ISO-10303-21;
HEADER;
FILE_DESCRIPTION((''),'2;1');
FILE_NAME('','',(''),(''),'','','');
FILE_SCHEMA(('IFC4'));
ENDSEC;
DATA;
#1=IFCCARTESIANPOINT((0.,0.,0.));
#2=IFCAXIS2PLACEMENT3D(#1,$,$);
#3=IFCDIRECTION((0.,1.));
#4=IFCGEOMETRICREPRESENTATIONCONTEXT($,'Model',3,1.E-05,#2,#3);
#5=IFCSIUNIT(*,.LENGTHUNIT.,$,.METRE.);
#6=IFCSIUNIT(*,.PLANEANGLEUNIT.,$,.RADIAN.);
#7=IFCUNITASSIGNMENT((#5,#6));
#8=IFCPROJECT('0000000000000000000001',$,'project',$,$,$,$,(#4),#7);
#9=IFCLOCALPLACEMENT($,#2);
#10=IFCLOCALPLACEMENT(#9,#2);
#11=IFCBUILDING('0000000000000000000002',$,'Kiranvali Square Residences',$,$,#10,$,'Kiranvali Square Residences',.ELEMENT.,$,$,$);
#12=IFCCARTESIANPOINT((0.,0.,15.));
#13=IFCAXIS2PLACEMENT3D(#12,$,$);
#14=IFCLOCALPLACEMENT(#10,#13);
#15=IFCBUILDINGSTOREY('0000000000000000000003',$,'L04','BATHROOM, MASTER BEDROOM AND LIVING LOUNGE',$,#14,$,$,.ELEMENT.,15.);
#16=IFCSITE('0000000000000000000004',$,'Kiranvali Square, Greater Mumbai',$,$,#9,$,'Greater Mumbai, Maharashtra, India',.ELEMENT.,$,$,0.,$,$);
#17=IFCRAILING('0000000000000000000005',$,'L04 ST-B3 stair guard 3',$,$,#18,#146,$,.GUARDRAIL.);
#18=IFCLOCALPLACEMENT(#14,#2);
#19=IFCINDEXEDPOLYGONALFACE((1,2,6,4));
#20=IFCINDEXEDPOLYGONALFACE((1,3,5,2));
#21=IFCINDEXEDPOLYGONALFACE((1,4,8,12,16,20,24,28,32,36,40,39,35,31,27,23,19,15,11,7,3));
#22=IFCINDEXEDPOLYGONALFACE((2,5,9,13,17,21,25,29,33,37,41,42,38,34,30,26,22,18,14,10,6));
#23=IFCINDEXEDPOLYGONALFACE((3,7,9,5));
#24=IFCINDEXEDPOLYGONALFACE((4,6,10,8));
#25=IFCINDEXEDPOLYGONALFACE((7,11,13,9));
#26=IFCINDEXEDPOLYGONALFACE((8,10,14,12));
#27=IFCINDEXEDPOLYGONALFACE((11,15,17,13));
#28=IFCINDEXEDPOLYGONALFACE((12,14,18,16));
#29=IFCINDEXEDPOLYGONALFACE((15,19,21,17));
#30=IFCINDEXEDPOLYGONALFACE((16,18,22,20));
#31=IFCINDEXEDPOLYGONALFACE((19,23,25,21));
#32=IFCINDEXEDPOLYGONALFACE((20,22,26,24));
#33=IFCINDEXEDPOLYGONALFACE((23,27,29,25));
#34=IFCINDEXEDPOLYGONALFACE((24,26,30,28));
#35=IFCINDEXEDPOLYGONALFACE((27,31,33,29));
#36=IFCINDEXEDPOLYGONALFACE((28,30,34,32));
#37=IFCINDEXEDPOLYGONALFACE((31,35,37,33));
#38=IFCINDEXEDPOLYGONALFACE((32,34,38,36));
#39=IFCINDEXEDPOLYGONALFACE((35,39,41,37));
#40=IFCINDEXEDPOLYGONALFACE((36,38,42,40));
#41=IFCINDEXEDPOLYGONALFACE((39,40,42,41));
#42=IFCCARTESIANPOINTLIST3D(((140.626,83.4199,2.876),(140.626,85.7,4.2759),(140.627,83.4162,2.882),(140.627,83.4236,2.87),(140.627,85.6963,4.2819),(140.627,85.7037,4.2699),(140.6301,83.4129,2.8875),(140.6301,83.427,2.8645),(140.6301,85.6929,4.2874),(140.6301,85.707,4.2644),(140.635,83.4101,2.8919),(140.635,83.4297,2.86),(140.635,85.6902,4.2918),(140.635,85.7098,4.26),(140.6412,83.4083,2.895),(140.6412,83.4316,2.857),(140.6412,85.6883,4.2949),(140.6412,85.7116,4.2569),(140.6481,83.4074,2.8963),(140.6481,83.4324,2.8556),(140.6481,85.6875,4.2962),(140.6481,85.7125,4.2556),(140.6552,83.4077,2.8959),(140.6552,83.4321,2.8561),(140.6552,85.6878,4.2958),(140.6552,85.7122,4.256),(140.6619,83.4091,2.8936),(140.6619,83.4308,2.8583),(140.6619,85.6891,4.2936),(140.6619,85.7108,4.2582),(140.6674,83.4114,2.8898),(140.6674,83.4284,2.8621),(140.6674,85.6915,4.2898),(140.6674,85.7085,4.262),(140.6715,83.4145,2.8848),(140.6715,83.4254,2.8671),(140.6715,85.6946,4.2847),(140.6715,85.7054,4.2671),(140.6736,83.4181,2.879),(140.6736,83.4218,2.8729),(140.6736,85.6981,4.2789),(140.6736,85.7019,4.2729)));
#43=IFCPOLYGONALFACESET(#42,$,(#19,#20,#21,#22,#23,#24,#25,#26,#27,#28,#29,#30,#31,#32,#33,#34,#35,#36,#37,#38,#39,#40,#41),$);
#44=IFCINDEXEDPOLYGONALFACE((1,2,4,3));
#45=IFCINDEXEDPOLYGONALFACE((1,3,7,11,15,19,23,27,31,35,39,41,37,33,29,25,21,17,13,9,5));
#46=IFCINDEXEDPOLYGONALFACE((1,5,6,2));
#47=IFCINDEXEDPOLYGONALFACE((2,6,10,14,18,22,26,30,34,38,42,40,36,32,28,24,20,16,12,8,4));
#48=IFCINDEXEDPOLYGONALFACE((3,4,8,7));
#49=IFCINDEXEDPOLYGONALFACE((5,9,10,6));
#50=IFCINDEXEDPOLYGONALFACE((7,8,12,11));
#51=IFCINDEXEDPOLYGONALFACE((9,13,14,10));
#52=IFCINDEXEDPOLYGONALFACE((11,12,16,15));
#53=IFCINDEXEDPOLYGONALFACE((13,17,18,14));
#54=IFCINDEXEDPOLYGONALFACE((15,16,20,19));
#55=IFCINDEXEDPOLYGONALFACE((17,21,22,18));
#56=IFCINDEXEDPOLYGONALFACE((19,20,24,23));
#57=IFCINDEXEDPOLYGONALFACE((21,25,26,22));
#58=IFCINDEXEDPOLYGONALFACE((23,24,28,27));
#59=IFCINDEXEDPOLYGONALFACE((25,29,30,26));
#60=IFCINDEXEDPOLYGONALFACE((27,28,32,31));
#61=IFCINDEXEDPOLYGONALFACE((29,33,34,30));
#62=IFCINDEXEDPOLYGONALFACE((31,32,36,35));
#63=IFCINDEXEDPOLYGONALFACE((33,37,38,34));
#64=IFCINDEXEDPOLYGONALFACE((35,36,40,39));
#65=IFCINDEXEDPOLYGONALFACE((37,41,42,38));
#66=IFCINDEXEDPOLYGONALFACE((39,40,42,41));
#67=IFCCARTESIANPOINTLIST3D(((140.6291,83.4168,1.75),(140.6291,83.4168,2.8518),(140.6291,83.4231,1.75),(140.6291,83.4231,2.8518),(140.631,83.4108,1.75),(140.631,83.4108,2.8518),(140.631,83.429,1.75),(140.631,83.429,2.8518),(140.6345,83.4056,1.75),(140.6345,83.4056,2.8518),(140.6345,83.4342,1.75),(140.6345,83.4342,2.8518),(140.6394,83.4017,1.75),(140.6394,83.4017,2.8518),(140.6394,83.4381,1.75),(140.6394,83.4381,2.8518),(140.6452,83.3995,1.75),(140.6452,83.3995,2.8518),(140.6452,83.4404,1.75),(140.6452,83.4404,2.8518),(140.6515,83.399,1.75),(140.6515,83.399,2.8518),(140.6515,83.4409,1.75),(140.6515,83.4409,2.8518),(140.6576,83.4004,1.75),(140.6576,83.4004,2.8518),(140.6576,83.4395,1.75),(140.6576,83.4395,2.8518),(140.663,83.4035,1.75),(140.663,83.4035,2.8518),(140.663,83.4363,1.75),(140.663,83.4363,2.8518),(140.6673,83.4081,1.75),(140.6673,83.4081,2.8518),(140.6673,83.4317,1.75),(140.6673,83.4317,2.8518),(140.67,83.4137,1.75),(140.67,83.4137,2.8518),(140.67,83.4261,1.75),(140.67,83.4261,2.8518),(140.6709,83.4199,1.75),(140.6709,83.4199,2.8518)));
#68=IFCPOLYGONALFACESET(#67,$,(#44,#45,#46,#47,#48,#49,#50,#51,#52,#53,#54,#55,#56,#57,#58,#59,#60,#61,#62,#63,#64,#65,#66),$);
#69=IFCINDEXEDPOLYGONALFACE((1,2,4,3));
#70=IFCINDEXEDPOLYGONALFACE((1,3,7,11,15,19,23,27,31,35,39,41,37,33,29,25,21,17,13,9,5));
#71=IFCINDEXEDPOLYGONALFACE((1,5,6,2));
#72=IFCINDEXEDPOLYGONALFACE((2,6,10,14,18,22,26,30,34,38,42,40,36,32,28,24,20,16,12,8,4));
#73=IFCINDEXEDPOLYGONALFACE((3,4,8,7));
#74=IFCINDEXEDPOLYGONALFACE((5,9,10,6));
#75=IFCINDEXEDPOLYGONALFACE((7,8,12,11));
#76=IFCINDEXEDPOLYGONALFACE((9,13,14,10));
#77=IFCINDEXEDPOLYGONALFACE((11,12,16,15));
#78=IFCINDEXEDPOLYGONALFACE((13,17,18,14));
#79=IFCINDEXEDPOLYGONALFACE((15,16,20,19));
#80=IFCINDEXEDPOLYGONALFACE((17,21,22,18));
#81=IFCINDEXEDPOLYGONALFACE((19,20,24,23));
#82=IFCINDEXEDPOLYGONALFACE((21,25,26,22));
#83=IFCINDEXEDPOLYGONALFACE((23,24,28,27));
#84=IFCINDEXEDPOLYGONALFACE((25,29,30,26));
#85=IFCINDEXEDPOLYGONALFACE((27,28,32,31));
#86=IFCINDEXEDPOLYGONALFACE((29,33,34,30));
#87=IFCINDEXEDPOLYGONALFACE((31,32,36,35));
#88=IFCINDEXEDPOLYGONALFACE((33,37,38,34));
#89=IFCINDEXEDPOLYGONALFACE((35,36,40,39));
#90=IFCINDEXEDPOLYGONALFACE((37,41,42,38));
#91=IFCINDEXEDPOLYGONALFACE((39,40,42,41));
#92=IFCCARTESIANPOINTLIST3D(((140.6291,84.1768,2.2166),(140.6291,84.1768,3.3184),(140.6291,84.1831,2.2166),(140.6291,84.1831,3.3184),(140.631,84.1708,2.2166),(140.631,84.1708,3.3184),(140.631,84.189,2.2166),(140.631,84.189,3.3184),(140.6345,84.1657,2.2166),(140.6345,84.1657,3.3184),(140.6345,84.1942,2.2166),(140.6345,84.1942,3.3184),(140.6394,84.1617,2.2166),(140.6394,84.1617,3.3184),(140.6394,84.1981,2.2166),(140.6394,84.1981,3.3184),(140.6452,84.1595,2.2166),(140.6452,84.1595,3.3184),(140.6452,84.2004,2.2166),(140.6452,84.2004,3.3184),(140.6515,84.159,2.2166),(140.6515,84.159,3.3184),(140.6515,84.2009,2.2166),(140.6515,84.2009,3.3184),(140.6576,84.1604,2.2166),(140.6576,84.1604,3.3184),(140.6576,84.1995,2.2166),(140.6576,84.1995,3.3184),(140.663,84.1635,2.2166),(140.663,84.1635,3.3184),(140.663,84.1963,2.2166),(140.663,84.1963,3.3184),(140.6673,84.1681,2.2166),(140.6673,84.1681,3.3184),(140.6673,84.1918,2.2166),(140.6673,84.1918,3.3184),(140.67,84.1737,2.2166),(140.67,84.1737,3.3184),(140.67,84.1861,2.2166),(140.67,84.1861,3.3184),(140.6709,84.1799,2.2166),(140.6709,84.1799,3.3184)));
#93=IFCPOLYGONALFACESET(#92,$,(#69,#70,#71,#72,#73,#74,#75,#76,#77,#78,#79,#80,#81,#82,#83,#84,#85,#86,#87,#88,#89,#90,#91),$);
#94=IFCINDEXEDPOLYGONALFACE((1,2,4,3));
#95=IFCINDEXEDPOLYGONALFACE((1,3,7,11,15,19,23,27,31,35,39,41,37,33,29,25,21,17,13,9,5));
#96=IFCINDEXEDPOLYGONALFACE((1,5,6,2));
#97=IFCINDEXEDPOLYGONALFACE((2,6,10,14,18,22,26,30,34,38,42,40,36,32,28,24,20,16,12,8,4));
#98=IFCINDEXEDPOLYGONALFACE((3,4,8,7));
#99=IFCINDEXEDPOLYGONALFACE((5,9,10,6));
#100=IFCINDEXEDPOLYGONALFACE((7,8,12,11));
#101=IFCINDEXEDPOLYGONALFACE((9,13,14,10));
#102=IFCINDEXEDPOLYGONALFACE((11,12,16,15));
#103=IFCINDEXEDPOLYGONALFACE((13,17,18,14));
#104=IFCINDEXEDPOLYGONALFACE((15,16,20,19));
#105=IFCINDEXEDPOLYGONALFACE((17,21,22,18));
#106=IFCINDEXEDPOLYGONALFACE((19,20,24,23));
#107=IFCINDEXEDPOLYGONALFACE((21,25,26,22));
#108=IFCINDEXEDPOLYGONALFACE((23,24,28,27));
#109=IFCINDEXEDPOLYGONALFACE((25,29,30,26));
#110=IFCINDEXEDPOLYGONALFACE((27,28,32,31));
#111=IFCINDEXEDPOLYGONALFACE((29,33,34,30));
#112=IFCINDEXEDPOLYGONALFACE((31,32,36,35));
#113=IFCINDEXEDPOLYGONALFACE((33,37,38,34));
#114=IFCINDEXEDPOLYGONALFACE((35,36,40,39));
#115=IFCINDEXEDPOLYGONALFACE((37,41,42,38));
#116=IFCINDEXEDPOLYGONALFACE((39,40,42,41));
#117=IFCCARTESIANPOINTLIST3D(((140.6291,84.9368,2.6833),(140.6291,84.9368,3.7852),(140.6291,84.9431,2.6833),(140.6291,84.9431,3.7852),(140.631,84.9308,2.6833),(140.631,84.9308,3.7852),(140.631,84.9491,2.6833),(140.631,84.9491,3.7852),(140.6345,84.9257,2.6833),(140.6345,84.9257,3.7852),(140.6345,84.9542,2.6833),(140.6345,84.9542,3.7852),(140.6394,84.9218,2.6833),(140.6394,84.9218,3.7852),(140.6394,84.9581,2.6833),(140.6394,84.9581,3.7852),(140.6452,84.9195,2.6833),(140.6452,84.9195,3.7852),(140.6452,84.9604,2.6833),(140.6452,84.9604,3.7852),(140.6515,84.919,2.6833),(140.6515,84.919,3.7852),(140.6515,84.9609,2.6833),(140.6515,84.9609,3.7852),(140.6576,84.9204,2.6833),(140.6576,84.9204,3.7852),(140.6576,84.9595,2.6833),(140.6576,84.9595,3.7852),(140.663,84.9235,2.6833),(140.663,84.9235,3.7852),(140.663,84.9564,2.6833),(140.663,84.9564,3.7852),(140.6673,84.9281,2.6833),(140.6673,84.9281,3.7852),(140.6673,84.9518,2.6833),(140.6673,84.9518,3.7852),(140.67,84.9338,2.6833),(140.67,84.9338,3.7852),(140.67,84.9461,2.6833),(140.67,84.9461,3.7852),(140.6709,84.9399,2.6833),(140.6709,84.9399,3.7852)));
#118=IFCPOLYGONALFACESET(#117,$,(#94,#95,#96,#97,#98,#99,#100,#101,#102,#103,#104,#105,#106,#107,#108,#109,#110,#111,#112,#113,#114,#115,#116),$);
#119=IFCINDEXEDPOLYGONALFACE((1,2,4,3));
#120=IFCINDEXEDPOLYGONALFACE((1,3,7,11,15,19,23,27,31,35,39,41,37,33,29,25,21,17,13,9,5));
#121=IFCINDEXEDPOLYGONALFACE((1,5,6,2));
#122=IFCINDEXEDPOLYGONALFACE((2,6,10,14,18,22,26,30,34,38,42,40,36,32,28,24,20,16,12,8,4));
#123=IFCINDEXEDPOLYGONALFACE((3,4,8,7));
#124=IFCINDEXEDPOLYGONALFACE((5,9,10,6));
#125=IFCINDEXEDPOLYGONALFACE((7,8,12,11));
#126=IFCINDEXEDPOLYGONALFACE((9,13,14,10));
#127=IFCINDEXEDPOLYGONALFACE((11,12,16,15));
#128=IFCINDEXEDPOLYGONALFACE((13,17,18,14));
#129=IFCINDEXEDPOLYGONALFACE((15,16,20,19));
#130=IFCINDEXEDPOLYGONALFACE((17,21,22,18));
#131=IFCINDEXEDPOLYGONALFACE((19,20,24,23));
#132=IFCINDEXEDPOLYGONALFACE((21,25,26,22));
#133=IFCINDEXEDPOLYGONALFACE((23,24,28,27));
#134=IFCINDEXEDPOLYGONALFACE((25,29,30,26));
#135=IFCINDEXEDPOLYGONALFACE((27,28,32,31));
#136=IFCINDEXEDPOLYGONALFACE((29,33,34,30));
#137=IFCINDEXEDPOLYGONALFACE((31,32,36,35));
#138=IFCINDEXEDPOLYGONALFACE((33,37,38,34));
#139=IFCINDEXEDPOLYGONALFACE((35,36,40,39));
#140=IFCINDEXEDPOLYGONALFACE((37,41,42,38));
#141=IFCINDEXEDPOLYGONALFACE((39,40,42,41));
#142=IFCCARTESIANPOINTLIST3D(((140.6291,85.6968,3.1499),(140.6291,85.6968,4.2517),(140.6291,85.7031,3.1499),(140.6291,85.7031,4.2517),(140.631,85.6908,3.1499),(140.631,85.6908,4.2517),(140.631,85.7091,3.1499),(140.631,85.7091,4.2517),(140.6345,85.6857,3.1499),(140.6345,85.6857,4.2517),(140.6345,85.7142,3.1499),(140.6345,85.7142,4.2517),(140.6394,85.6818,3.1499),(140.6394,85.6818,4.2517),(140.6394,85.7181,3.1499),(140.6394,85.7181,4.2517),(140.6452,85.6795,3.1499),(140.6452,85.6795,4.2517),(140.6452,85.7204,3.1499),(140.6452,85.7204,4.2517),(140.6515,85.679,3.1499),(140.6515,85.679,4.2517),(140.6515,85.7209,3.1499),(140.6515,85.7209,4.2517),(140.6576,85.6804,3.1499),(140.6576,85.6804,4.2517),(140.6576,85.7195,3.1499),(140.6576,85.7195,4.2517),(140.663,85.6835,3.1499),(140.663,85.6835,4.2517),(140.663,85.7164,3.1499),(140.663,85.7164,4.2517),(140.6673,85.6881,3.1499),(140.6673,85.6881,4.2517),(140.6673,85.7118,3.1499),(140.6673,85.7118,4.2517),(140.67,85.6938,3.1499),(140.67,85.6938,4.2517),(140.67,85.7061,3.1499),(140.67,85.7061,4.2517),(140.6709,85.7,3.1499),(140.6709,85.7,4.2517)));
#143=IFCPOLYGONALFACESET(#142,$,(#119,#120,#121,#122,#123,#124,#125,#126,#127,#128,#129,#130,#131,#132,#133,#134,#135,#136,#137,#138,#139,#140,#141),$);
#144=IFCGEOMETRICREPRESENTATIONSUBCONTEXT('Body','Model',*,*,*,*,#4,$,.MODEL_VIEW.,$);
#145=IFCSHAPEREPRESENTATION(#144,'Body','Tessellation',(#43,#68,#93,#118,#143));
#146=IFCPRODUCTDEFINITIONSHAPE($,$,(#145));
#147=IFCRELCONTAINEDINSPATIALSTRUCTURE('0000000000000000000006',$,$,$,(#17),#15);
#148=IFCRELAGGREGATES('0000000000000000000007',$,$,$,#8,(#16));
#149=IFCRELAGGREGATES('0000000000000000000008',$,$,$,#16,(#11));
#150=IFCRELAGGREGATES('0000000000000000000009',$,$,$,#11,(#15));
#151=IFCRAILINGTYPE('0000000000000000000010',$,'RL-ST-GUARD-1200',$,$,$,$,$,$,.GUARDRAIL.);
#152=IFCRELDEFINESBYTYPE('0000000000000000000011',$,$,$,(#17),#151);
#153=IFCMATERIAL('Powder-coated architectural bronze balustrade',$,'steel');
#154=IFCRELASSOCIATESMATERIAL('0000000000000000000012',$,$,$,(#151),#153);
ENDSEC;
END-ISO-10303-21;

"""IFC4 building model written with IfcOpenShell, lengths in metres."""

from ifc_helpers import new_model, si_unit, direction, frame, origin, origin_2d, place, context, subcontext, project, spatial, circle, extrude, material, type_object, element, save


model = new_model("IFC4")

# Units and contexts
model_context = context("Model", 3, precision=1e-05, world=origin(), true_north=direction((0.0, 1.0)))
body_context = subcontext(model_context, "Body", "Model", "MODEL_VIEW")
ifc_project = project(units=[si_unit("LENGTHUNIT", "METRE"), si_unit("PLANEANGLEUNIT", "RADIAN")], contexts=[model_context])

# Site, building, storey
site_placement = place(None, origin())
site = spatial("IfcSite", under=ifc_project, at=site_placement, Name="Kiranvali Square, Greater Mumbai", LongName="Greater Mumbai, Maharashtra, India", CompositionType="ELEMENT", RefElevation=0.0)
building_placement = place(site_placement, origin())
building = spatial("IfcBuilding", under=site, at=building_placement, Name="Kiranvali Square Residences", LongName="Kiranvali Square Residences", CompositionType="ELEMENT")
storey_placement = place(building_placement, frame((0.0, 0.0, 15.0)))
storey = spatial("IfcBuildingStorey", under=building, at=storey_placement, Name="L04", Description="BATHROOM, MASTER BEDROOM AND LIVING LOUNGE", CompositionType="ELEMENT", Elevation=15.0)

# Railing
ifc_material_1 = material(Name="Powder-coated architectural bronze balustrade", Category="steel")
railing_type = type_object("IfcRailingType", Name="RL-ST-GUARD-1200", PredefinedType="GUARDRAIL", material=ifc_material_1)
railing_1_placement = place(storey_placement, frame((140.6499, 83.4199, 1.75)))
element("IfcRailing", 1, at=railing_1_placement, inside=storey, type_object=railing_type, Name="L04 ST-B3 stair guard 3", PredefinedType="GUARDRAIL", context=body_context, shape_type="SweptSolid", body=[
    extrude(circle(Radius=0.0239, at=origin_2d()), frame((0.0, 0.0, 1.126), z_axis=(0.0, 0.85219, 0.523232), x_axis=(-1.0, 0.0, 0.0)), (0.0, 0.0, 1.0), 2.6755),
    extrude(circle(Radius=0.021, at=origin_2d()), origin(), (0.0, 0.0, 1.0), 1.1018),
    extrude(circle(Radius=0.021, at=origin_2d()), frame((0.0, 0.76, 0.4666)), (0.0, 0.0, 1.0), 1.1018),
    extrude(circle(Radius=0.021, at=origin_2d()), frame((0.0, 1.52, 0.9333)), (0.0, 0.0, 1.0), 1.1018),
    extrude(circle(Radius=0.021, at=origin_2d()), frame((0.0, 2.28, 1.3999)), (0.0, 0.0, 1.0), 1.1018),
])

save(model, "model.ifc")
